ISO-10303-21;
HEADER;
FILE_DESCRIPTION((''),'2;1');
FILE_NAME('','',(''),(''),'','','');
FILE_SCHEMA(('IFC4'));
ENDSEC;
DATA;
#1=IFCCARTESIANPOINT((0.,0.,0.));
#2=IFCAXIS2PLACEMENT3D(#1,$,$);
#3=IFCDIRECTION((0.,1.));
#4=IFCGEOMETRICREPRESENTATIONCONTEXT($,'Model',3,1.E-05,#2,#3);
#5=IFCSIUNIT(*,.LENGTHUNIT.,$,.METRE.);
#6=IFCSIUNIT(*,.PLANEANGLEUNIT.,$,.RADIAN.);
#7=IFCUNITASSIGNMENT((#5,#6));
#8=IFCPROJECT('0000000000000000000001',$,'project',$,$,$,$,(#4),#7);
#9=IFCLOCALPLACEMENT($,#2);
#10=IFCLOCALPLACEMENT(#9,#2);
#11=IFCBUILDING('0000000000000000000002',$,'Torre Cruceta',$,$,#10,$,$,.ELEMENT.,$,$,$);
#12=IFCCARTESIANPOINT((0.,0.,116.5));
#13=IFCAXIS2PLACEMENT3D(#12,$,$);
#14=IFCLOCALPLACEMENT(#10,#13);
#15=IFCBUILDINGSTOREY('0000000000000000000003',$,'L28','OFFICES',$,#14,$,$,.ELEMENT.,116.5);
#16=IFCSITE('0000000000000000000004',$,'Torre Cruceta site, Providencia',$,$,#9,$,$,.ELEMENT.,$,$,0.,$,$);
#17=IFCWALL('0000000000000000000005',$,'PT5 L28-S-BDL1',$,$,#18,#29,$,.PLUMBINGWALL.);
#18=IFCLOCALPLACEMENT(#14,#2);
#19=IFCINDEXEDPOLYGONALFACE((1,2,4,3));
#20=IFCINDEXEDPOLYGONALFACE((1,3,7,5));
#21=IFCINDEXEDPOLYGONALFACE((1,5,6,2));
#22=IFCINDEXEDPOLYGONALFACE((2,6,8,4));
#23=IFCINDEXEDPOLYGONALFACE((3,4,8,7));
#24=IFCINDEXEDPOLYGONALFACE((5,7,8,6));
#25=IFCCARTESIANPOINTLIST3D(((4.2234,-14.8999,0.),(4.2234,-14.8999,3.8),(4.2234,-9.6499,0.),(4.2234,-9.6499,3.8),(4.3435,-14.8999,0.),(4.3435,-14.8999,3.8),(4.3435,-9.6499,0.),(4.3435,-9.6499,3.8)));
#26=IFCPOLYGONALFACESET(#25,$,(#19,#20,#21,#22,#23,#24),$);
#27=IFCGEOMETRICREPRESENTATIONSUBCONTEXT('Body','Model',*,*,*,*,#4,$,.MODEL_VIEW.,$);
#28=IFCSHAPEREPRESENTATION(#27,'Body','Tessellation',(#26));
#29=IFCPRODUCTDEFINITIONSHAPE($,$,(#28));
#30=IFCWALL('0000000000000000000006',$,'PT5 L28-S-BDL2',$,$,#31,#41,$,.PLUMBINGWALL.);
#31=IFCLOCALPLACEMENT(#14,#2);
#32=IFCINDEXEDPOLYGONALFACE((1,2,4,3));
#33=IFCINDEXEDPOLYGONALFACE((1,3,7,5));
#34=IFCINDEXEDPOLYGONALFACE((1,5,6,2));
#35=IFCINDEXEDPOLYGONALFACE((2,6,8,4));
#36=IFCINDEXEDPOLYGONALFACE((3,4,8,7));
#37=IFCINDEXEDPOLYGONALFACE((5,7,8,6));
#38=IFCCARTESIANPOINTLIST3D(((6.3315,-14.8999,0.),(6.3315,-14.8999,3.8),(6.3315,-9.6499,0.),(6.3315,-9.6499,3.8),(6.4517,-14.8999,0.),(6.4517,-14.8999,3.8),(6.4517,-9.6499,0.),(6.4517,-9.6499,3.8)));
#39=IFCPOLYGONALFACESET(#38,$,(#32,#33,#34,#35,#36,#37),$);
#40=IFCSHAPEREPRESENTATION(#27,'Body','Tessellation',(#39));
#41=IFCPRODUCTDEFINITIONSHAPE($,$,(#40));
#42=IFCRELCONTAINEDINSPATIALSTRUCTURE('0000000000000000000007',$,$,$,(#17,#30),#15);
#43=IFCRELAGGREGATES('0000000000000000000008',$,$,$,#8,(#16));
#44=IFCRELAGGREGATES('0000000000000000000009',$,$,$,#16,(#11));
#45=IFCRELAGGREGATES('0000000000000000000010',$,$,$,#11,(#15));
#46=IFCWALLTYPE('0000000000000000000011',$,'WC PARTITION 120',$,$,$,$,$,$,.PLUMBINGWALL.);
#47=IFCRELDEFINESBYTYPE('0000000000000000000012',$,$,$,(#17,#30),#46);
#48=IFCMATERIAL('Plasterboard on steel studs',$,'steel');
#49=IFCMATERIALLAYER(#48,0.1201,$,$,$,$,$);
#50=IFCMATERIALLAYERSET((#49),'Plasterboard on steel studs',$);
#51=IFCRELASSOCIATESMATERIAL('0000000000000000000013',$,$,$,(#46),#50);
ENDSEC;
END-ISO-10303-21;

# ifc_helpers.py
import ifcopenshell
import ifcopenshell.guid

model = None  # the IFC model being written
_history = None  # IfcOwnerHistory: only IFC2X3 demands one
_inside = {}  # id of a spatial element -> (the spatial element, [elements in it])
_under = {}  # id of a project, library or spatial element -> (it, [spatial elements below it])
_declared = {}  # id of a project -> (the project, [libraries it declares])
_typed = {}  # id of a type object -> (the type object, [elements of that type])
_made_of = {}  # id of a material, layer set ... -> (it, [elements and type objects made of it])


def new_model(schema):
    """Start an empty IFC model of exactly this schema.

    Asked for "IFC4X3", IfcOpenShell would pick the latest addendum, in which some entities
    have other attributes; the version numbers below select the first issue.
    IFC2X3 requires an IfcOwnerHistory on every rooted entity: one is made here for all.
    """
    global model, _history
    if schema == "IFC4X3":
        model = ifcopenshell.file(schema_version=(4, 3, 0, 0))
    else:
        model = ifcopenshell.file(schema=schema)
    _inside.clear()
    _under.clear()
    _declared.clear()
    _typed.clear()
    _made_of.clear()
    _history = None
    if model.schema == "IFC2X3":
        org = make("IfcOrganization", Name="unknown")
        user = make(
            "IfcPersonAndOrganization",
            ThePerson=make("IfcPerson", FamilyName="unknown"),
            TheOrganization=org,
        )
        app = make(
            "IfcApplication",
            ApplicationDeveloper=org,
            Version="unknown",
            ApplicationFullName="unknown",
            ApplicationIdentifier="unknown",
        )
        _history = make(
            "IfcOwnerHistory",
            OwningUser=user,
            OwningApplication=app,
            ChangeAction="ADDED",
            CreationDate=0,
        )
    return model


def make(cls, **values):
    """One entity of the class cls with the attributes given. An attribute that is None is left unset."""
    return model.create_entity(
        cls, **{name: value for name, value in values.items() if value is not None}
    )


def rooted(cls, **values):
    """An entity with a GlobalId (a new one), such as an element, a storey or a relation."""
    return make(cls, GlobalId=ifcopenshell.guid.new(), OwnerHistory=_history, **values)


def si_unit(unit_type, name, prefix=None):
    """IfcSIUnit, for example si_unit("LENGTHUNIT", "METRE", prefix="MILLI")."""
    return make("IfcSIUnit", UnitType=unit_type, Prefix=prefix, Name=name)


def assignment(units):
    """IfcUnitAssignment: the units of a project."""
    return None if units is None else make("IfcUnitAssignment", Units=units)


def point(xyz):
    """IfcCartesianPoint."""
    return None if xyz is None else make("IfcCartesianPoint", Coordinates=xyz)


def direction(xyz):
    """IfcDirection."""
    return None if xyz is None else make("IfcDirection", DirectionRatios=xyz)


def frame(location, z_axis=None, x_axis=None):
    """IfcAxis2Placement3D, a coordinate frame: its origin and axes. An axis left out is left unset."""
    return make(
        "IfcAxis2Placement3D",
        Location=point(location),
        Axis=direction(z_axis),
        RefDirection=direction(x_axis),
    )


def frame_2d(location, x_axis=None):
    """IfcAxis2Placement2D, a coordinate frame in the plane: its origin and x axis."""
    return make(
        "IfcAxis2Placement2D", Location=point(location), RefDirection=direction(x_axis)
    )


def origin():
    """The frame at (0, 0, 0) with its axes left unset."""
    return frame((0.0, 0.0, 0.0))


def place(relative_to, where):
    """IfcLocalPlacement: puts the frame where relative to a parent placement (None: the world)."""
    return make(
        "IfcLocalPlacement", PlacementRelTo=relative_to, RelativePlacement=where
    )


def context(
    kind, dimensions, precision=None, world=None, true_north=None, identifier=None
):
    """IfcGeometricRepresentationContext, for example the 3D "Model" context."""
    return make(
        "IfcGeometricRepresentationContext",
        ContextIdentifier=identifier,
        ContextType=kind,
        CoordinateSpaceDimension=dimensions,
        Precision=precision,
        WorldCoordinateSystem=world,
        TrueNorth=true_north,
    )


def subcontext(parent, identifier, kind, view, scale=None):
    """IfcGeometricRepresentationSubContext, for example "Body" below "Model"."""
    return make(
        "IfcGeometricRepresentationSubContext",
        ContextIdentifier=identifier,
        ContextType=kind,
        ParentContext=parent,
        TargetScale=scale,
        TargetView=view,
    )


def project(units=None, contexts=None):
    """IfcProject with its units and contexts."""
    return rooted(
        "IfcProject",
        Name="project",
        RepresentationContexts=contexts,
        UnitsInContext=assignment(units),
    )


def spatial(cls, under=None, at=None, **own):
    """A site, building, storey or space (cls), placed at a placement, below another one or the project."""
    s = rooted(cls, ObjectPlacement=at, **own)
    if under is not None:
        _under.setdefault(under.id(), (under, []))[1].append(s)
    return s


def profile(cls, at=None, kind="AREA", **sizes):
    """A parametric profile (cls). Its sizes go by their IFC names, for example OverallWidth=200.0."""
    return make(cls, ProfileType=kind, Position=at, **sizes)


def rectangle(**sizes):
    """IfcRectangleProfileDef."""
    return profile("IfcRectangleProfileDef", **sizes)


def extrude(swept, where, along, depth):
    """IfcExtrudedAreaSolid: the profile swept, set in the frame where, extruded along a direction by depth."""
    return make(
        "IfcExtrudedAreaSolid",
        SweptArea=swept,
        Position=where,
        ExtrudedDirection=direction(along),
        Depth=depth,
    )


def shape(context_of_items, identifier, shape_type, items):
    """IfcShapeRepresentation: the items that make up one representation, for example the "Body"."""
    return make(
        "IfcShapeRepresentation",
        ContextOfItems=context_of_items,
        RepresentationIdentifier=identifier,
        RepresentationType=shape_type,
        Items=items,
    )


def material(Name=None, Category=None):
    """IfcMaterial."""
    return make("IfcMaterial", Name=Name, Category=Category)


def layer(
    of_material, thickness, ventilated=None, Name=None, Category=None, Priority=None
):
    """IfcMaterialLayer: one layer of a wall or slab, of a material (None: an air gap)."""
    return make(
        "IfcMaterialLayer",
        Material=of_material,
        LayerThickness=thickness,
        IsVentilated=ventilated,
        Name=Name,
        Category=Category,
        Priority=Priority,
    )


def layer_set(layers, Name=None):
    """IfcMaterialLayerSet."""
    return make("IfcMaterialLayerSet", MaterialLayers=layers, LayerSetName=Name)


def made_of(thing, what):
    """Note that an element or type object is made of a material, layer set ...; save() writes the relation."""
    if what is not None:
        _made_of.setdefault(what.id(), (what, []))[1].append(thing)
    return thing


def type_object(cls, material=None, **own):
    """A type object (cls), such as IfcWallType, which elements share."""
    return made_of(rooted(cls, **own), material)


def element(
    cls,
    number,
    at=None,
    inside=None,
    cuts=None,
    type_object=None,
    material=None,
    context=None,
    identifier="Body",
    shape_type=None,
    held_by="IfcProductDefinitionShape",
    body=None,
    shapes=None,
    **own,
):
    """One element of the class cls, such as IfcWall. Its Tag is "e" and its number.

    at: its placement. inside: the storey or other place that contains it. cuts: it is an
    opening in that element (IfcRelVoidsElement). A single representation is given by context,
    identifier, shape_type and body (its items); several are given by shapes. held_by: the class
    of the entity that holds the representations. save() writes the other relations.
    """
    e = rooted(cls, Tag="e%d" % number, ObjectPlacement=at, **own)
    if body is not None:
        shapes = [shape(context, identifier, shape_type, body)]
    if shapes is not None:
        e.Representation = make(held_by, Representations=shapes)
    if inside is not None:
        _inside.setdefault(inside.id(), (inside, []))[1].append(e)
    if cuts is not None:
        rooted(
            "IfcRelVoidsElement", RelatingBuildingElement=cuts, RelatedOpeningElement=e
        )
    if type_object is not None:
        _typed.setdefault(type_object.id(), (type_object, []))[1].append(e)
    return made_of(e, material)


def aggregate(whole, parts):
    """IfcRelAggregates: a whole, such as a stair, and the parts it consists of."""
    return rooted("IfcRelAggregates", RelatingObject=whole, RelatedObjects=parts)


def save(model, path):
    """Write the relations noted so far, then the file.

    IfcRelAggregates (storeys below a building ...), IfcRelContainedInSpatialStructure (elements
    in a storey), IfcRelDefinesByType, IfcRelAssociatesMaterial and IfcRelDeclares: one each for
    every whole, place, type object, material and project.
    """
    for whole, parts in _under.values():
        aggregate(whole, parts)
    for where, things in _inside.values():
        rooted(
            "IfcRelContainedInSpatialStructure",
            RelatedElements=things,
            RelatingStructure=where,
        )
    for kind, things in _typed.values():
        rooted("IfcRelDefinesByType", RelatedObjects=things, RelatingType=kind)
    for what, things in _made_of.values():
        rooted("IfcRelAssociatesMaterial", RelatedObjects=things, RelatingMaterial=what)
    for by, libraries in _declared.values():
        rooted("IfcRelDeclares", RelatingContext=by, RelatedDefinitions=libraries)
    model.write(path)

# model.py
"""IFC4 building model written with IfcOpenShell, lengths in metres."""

from ifc_helpers import new_model, si_unit, direction, frame, frame_2d, origin, place, context, subcontext, project, spatial, rectangle, extrude, material, layer, layer_set, type_object, element, save


model = new_model("IFC4")

# Units and contexts
model_context = context("Model", 3, precision=1e-05, world=origin(), true_north=direction((0.0, 1.0)))
body_context = subcontext(model_context, "Body", "Model", "MODEL_VIEW")
ifc_project = project(units=[si_unit("LENGTHUNIT", "METRE"), si_unit("PLANEANGLEUNIT", "RADIAN")], contexts=[model_context])

# Site, building, storey
site_placement = place(None, origin())
site = spatial("IfcSite", under=ifc_project, at=site_placement, Name="Torre Cruceta site, Providencia", CompositionType="ELEMENT", RefElevation=0.0)
building_placement = place(site_placement, origin())
building = spatial("IfcBuilding", under=site, at=building_placement, Name="Torre Cruceta", CompositionType="ELEMENT")
storey_placement = place(building_placement, frame((0.0, 0.0, 116.5)))
storey = spatial("IfcBuildingStorey", under=building, at=storey_placement, Name="L28", Description="OFFICES", CompositionType="ELEMENT", Elevation=116.5)

# Walls
ifc_material_1 = material(Name="Plasterboard on steel studs", Category="steel")
ifc_layer_1 = layer(ifc_material_1, 0.1201)
ifc_layer_set_1 = layer_set([ifc_layer_1], Name="Plasterboard on steel studs")
wall_type_1 = type_object("IfcWallType", Name="WC PARTITION 120", PredefinedType="PLUMBINGWALL", material=ifc_layer_set_1)
for number, where, z_axis, x_axis, name in (
    (1, (4.2834, -9.6499, 0.0), (0.0, 0.0, 1.0), (0.0, -1.0, 0.0), "PT5 L28-S-BDL1"),
    (2, (6.3916, -9.6499, 0.0), (0.0, 0.0, 1.0), (0.0, -1.0, 0.0), "PT5 L28-S-BDL2"),
):
    element("IfcWall", number, at=place(storey_placement, frame(where, z_axis=z_axis, x_axis=x_axis)), inside=storey, type_object=wall_type_1, Name=name, PredefinedType="PLUMBINGWALL", context=body_context, shape_type="SweptSolid", body=[
        extrude(rectangle(XDim=5.25, YDim=0.1201, at=frame_2d((2.625, 0.0))), origin(), (0.0, 0.0, 1.0), 3.8),
    ])

save(model, "model.ifc")
